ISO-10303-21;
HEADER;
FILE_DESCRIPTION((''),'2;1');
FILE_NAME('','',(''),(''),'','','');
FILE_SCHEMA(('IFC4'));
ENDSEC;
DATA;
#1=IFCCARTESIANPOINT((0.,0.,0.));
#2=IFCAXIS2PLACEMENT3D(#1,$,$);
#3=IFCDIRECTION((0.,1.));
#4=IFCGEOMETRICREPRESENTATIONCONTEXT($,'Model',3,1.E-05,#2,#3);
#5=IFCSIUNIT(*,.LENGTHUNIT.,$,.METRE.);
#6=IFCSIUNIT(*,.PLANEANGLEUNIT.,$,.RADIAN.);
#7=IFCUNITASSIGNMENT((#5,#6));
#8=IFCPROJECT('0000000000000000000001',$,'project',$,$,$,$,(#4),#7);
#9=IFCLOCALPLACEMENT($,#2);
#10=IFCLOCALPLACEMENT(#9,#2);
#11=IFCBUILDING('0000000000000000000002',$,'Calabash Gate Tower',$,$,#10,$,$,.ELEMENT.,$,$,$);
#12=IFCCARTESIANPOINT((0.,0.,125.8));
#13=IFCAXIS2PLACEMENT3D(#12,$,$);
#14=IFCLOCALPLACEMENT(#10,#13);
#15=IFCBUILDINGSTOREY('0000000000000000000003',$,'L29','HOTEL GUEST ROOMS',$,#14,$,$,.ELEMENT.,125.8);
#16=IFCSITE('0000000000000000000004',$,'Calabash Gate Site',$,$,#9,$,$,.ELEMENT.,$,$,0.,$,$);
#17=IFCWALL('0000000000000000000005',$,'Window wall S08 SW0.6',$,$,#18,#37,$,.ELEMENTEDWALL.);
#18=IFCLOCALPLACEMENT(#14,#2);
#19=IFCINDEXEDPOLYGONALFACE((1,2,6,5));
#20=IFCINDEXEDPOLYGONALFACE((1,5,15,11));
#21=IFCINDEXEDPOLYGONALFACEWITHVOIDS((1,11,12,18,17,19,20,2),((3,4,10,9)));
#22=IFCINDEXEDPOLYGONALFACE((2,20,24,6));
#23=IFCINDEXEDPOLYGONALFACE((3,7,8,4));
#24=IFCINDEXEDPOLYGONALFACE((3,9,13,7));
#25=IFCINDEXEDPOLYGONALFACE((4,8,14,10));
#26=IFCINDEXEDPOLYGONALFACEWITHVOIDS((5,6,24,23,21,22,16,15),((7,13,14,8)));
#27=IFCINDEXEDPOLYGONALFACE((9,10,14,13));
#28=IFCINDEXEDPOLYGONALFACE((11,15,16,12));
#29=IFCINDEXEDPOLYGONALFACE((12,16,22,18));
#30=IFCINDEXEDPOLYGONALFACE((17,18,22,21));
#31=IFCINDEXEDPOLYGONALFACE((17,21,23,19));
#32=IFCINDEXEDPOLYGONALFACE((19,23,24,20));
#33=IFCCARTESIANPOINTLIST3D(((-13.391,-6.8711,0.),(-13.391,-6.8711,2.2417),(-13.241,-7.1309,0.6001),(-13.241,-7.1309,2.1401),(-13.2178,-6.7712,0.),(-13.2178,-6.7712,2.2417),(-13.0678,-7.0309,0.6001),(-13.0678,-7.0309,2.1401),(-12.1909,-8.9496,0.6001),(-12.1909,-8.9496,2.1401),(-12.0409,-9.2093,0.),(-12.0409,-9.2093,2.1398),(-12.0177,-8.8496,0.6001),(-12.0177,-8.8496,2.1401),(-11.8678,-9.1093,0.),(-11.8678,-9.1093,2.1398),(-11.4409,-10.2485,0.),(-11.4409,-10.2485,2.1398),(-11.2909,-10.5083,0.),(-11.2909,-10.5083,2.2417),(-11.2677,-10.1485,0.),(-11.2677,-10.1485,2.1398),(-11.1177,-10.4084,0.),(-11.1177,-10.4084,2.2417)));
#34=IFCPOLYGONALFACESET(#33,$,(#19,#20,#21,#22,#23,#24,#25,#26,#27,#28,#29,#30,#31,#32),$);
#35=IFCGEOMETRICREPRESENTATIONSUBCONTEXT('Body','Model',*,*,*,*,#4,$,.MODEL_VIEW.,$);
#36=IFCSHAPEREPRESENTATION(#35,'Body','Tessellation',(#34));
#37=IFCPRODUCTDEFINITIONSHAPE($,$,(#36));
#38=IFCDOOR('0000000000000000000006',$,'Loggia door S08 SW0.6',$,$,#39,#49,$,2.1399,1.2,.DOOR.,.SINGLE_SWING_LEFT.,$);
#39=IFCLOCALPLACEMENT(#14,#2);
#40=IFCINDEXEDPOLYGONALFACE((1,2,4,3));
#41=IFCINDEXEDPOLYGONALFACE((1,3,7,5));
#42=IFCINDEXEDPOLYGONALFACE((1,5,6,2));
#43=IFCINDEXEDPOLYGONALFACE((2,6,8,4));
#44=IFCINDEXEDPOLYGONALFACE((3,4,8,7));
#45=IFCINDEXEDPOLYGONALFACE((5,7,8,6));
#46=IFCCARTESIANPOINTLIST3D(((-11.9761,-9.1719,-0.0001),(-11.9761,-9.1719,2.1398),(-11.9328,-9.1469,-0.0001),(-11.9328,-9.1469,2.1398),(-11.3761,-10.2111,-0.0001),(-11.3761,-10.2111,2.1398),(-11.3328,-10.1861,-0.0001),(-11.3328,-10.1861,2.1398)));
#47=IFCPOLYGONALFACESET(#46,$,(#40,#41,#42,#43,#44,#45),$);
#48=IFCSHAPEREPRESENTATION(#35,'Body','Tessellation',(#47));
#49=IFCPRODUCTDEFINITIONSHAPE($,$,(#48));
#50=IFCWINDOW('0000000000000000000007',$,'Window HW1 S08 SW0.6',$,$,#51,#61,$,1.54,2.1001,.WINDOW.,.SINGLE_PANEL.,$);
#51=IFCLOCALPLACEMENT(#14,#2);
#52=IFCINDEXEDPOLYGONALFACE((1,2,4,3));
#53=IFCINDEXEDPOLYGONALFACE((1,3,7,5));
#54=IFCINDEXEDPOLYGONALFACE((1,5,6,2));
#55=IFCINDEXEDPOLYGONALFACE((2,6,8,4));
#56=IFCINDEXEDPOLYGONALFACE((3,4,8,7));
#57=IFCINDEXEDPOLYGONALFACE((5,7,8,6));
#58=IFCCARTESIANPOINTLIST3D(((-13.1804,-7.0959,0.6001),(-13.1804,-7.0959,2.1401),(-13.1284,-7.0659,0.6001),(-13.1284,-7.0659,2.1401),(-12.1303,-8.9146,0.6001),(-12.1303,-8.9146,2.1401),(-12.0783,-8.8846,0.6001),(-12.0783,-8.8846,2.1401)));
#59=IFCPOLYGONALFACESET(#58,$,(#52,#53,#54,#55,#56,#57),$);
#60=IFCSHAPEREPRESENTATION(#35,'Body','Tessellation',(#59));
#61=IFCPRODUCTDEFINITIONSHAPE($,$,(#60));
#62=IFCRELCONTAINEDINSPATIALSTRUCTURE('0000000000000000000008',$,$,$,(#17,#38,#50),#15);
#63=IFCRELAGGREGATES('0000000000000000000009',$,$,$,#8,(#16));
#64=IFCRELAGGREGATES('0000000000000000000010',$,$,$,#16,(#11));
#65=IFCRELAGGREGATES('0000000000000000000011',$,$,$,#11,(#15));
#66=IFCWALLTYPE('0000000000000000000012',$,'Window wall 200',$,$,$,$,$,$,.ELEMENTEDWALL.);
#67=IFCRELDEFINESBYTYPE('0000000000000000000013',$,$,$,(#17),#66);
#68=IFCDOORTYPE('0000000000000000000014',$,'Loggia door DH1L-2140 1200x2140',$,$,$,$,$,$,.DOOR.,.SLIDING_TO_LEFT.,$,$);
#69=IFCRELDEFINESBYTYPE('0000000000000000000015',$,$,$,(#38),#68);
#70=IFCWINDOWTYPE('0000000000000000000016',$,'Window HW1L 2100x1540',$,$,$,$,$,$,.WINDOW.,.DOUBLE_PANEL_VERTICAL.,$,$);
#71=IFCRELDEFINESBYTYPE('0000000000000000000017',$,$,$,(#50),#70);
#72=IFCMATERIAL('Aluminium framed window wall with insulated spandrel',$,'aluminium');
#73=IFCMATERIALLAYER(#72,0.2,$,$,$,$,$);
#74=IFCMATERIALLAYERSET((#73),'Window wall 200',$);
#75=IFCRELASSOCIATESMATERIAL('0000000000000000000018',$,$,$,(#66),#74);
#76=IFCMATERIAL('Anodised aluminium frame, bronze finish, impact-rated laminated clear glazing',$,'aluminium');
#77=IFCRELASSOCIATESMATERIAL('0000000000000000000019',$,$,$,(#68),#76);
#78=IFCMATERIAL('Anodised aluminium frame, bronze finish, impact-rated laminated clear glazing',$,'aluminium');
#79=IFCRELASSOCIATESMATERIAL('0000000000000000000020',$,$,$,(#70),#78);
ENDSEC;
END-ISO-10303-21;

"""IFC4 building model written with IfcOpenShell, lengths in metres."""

from ifc_helpers import new_model, si_unit, direction, frame, frame_2d, origin, place, context, subcontext, project, spatial, rectangle, extrude, material, layer, layer_set, type_object, element, fill, save


model = new_model("IFC4")

# Units and contexts
model_context = context("Model", 3, precision=1e-05, world=origin(), true_north=direction((0.0, 1.0)))
body_context = subcontext(model_context, "Body", "Model", "MODEL_VIEW")
ifc_project = project(units=[si_unit("LENGTHUNIT", "METRE"), si_unit("PLANEANGLEUNIT", "RADIAN")], contexts=[model_context])

# Site, building, storey
site_placement = place(None, origin())
site = spatial("IfcSite", under=ifc_project, at=site_placement, Name="Calabash Gate Site", CompositionType="ELEMENT", RefElevation=0.0)
building_placement = place(site_placement, origin())
building = spatial("IfcBuilding", under=site, at=building_placement, Name="Calabash Gate Tower", CompositionType="ELEMENT")
storey_placement = place(building_placement, frame((0.0, 0.0, 125.8)))
storey = spatial("IfcBuildingStorey", under=building, at=storey_placement, Name="L29", Description="HOTEL GUEST ROOMS", CompositionType="ELEMENT", Elevation=125.8)

# Wall, openings, door, window
ifc_material_1 = material(Name="Aluminium framed window wall with insulated spandrel", Category="aluminium")
ifc_layer_1 = layer(ifc_material_1, 0.2)
ifc_layer_set_1 = layer_set([ifc_layer_1], Name="Window wall 200")
wall_type_1 = type_object("IfcWallType", Name="Window wall 200", PredefinedType="ELEMENTEDWALL", material=ifc_layer_set_1)
wall_1_placement = place(storey_placement, frame((-13.3044, -6.821, 0.0), z_axis=(0.0, 0.0, 1.0), x_axis=(0.500028, -0.866009, 0.0)))
wall_1 = element("IfcWall", 1, at=wall_1_placement, inside=storey, type_object=wall_type_1, Name="Window wall S08 SW0.6", PredefinedType="ELEMENTEDWALL", context=body_context, shape_type="SweptSolid", body=[
    extrude(rectangle(XDim=4.2, YDim=0.2, at=frame_2d((2.1001, 0.0))), origin(), (0.0, 0.0, 1.0), 2.2417),
])
opening_1_placement = place(wall_1_placement, frame((0.3, 0.0, 0.6001)))
opening_1 = element("IfcOpeningElement", 2, at=opening_1_placement, cuts=wall_1, PredefinedType="OPENING", context=body_context, shape_type="SweptSolid", body=[
    extrude(rectangle(XDim=2.1001, YDim=1.54, at=frame_2d((1.05, 0.77))), frame((0.0, 0.1099, 0.0), z_axis=(0.0, -1.0, 0.0), x_axis=(1.0, 0.0, 0.0)), (0.0, 0.0, 1.0), 0.22),
])
opening_2_placement = place(wall_1_placement, frame((2.7, 0.0, 0.0)))
opening_2 = element("IfcOpeningElement", 3, at=opening_2_placement, cuts=wall_1, PredefinedType="OPENING", context=body_context, shape_type="SweptSolid", body=[
    extrude(rectangle(XDim=1.2, YDim=2.1399, at=frame_2d((0.6001, 1.0698))), frame((0.0, 0.1099, 0.0), z_axis=(0.0, -1.0, 0.0), x_axis=(1.0, 0.0, 0.0)), (0.0, 0.0, 1.0), 0.22),
])
ifc_material_2 = material(Name="Anodised aluminium frame, bronze finish, impact-rated laminated clear glazing", Category="aluminium")
door_type_1 = type_object("IfcDoorType", Name="Loggia door DH1L-2140 1200x2140", OperationType="SLIDING_TO_LEFT", PredefinedType="DOOR", material=ifc_material_2)
door_1_placement = place(opening_2_placement, origin())
door_1 = element("IfcDoor", 4, at=door_1_placement, inside=storey, type_object=door_type_1, Name="Loggia door S08 SW0.6", OperationType="SINGLE_SWING_LEFT", OverallHeight=2.1399, OverallWidth=1.2, PredefinedType="DOOR", context=body_context, shape_type="SweptSolid", body=[
    extrude(rectangle(XDim=1.2, YDim=2.1399, at=frame_2d((0.6001, 1.0698))), frame((0.0, 0.0249, 0.0), z_axis=(0.0, -1.0, 0.0), x_axis=(1.0, 0.0, 0.0)), (0.0, 0.0, 1.0), 0.05),
])
fill(opening_2, door_1)
ifc_material_3 = material(Name="Anodised aluminium frame, bronze finish, impact-rated laminated clear glazing", Category="aluminium")
window_type_1 = type_object("IfcWindowType", Name="Window HW1L 2100x1540", PartitioningType="DOUBLE_PANEL_VERTICAL", PredefinedType="WINDOW", material=ifc_material_3)
window_1_placement = place(opening_1_placement, origin())
window_1 = element("IfcWindow", 5, at=window_1_placement, inside=storey, type_object=window_type_1, Name="Window HW1 S08 SW0.6", OverallHeight=1.54, OverallWidth=2.1001, PartitioningType="SINGLE_PANEL", PredefinedType="WINDOW", context=body_context, shape_type="SweptSolid", body=[
    extrude(rectangle(XDim=2.1001, YDim=1.54, at=frame_2d((1.05, 0.77))), frame((0.0, 0.03, 0.0), z_axis=(0.0, -1.0, 0.0), x_axis=(1.0, 0.0, 0.0)), (0.0, 0.0, 1.0), 0.0601),
])
fill(opening_1, window_1)

save(model, "model.ifc")
